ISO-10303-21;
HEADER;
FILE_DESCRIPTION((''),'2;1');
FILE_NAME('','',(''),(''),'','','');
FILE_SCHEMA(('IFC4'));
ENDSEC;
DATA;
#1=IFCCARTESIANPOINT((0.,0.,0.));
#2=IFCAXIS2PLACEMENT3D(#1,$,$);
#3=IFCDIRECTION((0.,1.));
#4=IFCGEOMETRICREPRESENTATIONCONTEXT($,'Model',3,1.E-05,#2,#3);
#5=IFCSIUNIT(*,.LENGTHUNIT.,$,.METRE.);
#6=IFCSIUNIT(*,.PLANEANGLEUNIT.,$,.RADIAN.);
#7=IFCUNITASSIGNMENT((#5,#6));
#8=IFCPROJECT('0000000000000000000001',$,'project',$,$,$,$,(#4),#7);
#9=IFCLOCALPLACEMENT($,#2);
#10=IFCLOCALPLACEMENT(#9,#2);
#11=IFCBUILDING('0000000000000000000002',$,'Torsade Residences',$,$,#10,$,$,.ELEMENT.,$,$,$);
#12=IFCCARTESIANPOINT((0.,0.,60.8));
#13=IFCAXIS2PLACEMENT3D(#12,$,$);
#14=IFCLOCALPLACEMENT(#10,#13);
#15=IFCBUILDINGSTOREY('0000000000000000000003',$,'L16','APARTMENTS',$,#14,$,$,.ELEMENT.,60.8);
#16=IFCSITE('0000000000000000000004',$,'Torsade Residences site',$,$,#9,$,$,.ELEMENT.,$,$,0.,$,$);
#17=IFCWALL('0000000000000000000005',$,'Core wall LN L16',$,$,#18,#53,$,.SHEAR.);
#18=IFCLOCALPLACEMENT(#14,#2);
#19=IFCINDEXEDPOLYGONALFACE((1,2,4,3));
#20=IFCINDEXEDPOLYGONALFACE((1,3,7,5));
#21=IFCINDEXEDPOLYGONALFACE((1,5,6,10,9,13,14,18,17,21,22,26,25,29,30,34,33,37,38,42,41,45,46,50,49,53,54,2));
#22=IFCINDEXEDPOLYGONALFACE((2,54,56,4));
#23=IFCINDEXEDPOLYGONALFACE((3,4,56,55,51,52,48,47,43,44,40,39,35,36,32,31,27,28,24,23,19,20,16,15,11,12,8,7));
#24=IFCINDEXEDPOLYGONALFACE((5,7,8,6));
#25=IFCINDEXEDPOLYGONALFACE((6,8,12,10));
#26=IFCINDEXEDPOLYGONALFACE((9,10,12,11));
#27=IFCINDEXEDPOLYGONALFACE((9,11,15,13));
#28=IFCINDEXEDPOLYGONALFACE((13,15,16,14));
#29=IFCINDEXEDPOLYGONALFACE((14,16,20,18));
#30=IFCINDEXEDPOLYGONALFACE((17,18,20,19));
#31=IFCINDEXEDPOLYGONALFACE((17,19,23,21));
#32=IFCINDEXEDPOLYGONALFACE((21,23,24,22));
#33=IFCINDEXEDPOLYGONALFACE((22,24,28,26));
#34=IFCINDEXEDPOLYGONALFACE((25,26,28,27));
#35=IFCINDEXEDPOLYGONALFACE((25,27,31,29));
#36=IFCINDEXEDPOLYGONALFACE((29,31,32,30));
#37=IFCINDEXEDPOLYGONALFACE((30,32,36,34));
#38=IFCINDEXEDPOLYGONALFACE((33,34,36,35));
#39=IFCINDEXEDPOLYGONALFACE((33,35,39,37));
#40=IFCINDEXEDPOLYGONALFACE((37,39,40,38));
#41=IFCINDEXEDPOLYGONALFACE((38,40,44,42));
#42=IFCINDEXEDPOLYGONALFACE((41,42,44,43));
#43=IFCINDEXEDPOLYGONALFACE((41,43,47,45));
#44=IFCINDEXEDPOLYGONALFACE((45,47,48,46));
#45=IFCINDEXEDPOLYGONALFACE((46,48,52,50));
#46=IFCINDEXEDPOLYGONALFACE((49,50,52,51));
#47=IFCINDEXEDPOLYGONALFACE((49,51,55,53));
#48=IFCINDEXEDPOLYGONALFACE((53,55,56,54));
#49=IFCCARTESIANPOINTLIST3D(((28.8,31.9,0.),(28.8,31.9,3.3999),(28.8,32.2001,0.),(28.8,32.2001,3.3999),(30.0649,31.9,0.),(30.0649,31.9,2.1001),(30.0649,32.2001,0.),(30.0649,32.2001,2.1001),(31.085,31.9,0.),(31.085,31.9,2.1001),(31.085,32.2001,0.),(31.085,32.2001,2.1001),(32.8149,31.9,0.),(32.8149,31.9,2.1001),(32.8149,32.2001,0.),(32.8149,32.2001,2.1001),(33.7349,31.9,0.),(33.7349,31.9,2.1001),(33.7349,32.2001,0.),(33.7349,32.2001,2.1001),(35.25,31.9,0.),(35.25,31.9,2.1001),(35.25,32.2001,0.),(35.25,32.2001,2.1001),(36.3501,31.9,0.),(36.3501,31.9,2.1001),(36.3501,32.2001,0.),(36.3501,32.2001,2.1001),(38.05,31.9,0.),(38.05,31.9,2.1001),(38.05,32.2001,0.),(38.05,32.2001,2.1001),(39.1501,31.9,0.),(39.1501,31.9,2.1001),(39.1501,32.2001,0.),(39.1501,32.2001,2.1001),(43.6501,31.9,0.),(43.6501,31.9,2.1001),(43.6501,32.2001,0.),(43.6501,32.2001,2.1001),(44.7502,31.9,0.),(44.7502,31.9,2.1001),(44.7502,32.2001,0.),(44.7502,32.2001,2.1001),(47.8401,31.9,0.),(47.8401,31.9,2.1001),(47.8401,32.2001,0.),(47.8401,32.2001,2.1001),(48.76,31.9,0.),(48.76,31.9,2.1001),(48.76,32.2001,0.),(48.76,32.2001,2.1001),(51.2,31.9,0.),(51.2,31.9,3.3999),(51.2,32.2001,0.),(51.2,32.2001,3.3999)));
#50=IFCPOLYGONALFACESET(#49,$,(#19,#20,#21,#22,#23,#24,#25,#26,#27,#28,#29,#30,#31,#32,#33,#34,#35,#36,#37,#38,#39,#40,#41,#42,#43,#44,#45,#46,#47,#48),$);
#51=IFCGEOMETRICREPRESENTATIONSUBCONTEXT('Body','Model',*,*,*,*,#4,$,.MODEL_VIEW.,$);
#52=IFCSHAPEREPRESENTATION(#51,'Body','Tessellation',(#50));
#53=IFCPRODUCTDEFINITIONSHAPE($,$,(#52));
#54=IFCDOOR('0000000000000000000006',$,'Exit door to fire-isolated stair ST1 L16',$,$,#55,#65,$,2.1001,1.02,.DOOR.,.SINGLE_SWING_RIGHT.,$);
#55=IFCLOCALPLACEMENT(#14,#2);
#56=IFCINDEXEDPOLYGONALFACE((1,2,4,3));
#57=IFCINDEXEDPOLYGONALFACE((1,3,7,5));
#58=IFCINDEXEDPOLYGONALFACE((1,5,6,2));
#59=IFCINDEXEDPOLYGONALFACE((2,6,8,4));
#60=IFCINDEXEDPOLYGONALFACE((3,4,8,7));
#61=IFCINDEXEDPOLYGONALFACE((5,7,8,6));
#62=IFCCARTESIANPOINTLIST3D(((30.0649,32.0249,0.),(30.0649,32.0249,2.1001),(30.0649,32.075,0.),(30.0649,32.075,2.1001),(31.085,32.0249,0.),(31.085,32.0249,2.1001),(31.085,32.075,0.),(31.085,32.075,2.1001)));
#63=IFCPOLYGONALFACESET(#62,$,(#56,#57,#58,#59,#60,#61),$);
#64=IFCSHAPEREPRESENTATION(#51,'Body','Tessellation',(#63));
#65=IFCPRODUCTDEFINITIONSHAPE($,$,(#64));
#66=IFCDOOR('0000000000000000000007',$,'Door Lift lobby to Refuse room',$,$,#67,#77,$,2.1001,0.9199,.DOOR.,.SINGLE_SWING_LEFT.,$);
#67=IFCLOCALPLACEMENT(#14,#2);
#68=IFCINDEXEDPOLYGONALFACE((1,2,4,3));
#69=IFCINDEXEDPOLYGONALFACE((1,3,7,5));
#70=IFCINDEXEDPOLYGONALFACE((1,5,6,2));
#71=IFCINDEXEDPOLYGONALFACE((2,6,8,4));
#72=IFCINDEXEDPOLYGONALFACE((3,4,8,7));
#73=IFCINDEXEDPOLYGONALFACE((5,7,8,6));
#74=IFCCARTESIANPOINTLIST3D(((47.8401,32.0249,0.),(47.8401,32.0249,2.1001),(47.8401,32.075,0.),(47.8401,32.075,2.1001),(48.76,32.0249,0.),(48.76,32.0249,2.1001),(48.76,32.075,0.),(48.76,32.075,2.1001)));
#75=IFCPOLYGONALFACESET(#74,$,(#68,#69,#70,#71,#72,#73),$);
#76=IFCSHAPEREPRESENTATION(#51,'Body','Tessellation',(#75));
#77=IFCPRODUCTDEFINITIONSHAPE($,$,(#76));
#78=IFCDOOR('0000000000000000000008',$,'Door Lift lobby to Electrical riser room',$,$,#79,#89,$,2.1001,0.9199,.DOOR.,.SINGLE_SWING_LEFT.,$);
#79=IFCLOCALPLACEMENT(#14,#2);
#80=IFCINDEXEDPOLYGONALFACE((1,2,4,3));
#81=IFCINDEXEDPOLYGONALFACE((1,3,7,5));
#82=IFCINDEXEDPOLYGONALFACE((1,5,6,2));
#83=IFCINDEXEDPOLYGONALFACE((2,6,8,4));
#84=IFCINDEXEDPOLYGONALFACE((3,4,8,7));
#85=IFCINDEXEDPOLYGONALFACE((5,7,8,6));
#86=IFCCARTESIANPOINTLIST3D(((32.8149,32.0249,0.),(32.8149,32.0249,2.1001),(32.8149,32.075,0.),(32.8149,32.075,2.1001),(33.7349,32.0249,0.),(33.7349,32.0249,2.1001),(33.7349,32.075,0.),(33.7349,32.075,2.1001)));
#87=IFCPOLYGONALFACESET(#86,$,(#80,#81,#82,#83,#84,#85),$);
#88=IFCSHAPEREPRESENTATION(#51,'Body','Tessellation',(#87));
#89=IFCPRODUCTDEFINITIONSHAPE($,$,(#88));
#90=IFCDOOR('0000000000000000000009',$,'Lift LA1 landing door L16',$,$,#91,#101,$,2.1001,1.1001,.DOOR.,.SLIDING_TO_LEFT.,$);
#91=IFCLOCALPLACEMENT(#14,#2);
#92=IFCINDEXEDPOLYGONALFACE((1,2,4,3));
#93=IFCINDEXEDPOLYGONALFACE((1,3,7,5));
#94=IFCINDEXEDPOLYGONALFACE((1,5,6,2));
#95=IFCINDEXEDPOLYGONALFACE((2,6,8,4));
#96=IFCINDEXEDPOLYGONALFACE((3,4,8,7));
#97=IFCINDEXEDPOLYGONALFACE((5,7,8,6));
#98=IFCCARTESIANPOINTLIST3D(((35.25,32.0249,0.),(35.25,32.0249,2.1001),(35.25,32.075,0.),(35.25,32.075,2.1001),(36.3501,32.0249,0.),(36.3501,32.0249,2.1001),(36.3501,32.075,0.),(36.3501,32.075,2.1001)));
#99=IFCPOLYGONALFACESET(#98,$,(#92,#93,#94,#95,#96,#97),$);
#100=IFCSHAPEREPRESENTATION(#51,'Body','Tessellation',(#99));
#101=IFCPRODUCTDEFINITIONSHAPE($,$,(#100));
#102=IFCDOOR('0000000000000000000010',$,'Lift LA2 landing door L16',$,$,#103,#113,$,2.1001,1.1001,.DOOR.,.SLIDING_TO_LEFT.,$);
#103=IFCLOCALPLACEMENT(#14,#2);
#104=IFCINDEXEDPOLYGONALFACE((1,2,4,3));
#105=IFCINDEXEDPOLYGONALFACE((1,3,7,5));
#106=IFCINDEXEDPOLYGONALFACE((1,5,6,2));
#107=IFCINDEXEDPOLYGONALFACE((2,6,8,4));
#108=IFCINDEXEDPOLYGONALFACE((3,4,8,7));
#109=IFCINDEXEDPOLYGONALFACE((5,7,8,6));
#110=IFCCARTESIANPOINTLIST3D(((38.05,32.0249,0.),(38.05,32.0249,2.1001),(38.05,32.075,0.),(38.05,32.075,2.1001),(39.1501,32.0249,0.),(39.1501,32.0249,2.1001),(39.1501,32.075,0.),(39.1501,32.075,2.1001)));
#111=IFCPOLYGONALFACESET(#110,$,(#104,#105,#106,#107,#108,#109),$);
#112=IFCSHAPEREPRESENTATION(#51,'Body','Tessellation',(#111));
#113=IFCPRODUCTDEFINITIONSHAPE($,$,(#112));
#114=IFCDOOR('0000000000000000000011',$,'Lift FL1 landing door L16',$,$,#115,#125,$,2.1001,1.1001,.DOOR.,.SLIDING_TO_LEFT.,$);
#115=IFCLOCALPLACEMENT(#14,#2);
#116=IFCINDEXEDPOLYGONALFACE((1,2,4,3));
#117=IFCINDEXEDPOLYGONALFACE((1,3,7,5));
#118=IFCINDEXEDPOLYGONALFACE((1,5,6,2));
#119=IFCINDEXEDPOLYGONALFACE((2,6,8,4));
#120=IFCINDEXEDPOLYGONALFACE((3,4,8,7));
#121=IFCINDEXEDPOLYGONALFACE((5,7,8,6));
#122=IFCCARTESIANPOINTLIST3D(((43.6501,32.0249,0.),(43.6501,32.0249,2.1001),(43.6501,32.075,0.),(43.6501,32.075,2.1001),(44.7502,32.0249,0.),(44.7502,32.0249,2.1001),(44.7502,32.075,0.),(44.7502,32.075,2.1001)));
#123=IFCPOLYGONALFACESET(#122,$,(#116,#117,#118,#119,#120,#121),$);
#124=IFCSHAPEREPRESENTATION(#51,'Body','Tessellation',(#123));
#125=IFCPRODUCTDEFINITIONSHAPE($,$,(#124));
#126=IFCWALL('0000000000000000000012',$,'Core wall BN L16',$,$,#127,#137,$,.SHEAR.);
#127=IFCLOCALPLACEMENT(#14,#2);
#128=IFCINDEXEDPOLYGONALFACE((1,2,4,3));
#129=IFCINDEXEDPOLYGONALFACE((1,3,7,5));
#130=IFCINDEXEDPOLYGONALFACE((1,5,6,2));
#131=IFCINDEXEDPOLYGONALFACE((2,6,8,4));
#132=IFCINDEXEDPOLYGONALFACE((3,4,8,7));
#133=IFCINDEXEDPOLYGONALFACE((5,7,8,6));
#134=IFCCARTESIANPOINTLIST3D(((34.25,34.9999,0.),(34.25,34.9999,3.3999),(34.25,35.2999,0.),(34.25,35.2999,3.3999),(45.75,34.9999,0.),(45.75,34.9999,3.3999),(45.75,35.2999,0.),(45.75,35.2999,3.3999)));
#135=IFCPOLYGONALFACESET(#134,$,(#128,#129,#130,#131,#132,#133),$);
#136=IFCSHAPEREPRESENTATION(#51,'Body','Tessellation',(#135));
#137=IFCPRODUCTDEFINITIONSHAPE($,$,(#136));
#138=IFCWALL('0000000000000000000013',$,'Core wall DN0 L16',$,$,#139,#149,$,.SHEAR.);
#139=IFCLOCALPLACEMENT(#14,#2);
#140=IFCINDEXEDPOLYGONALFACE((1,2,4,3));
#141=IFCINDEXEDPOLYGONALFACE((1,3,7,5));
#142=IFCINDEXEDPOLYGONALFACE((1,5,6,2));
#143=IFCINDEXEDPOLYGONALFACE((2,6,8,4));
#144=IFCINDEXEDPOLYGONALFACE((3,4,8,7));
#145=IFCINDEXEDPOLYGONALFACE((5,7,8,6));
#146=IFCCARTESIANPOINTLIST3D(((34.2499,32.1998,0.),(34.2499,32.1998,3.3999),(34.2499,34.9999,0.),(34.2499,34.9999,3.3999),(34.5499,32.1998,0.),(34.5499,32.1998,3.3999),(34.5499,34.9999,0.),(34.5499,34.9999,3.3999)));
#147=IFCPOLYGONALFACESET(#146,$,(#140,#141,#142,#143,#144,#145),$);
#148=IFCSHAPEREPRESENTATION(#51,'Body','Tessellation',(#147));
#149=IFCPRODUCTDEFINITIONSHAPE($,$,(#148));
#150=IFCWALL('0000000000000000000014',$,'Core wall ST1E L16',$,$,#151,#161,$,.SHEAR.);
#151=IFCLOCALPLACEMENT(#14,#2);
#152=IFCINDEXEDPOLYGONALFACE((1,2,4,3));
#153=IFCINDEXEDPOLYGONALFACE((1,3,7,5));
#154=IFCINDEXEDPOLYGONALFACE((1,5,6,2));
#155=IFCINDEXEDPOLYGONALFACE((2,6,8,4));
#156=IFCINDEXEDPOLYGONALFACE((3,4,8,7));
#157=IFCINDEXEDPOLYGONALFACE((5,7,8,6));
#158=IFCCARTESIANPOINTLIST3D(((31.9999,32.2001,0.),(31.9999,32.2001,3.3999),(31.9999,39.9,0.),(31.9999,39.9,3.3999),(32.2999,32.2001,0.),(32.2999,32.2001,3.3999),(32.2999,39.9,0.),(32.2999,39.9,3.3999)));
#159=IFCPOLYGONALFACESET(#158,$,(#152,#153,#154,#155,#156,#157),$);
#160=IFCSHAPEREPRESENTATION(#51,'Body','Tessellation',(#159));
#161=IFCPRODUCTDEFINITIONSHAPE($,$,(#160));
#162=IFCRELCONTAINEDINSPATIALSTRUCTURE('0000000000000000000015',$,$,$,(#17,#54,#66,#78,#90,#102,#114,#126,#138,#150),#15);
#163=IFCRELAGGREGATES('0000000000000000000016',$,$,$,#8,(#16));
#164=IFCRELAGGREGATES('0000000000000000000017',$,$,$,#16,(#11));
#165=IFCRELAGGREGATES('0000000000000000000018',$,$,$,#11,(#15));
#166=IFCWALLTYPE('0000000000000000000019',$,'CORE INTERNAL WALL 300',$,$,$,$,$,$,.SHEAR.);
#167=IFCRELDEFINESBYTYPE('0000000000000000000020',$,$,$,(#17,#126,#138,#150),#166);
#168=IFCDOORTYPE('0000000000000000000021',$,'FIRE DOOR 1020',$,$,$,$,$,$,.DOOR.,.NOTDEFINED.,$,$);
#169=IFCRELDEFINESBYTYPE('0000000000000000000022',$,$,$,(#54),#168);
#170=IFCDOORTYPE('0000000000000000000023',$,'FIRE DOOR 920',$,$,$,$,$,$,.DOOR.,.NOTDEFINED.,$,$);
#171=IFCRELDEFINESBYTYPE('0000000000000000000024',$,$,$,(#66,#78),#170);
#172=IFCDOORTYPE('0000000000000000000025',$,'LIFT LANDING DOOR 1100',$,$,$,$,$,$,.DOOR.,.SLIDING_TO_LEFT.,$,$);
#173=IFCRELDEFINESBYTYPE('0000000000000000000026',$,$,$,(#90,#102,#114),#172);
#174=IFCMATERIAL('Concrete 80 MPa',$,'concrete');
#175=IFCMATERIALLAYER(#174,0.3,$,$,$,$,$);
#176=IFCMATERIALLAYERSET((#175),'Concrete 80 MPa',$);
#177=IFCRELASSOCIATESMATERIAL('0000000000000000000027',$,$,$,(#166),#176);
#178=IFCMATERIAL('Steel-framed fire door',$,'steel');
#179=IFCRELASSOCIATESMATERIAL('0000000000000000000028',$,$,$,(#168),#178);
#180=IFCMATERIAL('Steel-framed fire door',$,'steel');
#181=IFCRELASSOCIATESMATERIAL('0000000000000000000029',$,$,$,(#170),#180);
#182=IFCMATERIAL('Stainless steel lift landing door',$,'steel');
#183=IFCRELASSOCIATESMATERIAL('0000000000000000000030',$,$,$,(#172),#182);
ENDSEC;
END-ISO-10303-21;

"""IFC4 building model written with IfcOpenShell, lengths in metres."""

from ifc_helpers import new_model, si_unit, direction, frame, frame_2d, origin, place, context, subcontext, project, spatial, rectangle, extrude, material, layer, layer_set, type_object, element, fill, save


model = new_model("IFC4")

# Units and contexts
model_context = context("Model", 3, precision=1e-05, world=origin(), true_north=direction((0.0, 1.0)))
body_context = subcontext(model_context, "Body", "Model", "MODEL_VIEW")
ifc_project = project(units=[si_unit("LENGTHUNIT", "METRE"), si_unit("PLANEANGLEUNIT", "RADIAN")], contexts=[model_context])

# Site, building, storey
site_placement = place(None, origin())
site = spatial("IfcSite", under=ifc_project, at=site_placement, Name="Torsade Residences site", CompositionType="ELEMENT", RefElevation=0.0)
building_placement = place(site_placement, origin())
building = spatial("IfcBuilding", under=site, at=building_placement, Name="Torsade Residences", CompositionType="ELEMENT")
storey_placement = place(building_placement, frame((0.0, 0.0, 60.8)))
storey = spatial("IfcBuildingStorey", under=building, at=storey_placement, Name="L16", Description="APARTMENTS", CompositionType="ELEMENT", Elevation=60.8)

# Wall, openings, doors
ifc_material_1 = material(Name="Concrete 80 MPa", Category="concrete")
ifc_layer_1 = layer(ifc_material_1, 0.3)
ifc_layer_set_1 = layer_set([ifc_layer_1], Name="Concrete 80 MPa")
wall_type_1 = type_object("IfcWallType", Name="CORE INTERNAL WALL 300", PredefinedType="SHEAR", material=ifc_layer_set_1)
wall_1_placement = place(storey_placement, frame((28.8, 32.05, 0.0), z_axis=(0.0, 0.0, 1.0), x_axis=(1.0, 0.0, 0.0)))
wall_1 = element("IfcWall", 1, at=wall_1_placement, inside=storey, type_object=wall_type_1, Name="Core wall LN L16", PredefinedType="SHEAR", context=body_context, shape_type="SweptSolid", body=[
    extrude(rectangle(XDim=22.3999, YDim=0.3, at=frame_2d((11.2, 0.0))), origin(), (0.0, 0.0, 1.0), 3.3999),
])
opening_1_placement = place(wall_1_placement, frame((19.04, 0.0, 0.0)))
opening_1 = element("IfcOpeningElement", 2, at=opening_1_placement, cuts=wall_1, PredefinedType="OPENING", context=body_context, shape_type="SweptSolid", body=[
    extrude(rectangle(XDim=0.9199, YDim=2.1001, at=frame_2d((0.46, 1.05))), frame((0.0, 0.1599, 0.0), z_axis=(0.0, -1.0, 0.0), x_axis=(1.0, 0.0, 0.0)), (0.0, 0.0, 1.0), 0.3201),
])
opening_2_placement = place(wall_1_placement, frame((1.2649, 0.0, 0.0)))
opening_2 = element("IfcOpeningElement", 3, at=opening_2_placement, cuts=wall_1, PredefinedType="OPENING", context=body_context, shape_type="SweptSolid", body=[
    extrude(rectangle(XDim=1.02, YDim=2.1001, at=frame_2d((0.51, 1.05))), frame((0.0, 0.1599, 0.0), z_axis=(0.0, -1.0, 0.0), x_axis=(1.0, 0.0, 0.0)), (0.0, 0.0, 1.0), 0.3201),
])
opening_3_placement = place(wall_1_placement, frame((4.0149, 0.0, 0.0)))
opening_3 = element("IfcOpeningElement", 4, at=opening_3_placement, cuts=wall_1, PredefinedType="OPENING", context=body_context, shape_type="SweptSolid", body=[
    extrude(rectangle(XDim=0.9199, YDim=2.1001, at=frame_2d((0.46, 1.05))), frame((0.0, 0.1599, 0.0), z_axis=(0.0, -1.0, 0.0), x_axis=(1.0, 0.0, 0.0)), (0.0, 0.0, 1.0), 0.3201),
])
opening_4_placement = place(wall_1_placement, frame((6.45, 0.0, 0.0)))
opening_4 = element("IfcOpeningElement", 5, at=opening_4_placement, cuts=wall_1, PredefinedType="OPENING", context=body_context, shape_type="SweptSolid", body=[
    extrude(rectangle(XDim=1.1001, YDim=2.1001, at=frame_2d((0.55, 1.05))), frame((0.0, 0.1599, 0.0), z_axis=(0.0, -1.0, 0.0), x_axis=(1.0, 0.0, 0.0)), (0.0, 0.0, 1.0), 0.3201),
])
opening_5_placement = place(wall_1_placement, frame((9.25, 0.0, 0.0)))
opening_5 = element("IfcOpeningElement", 6, at=opening_5_placement, cuts=wall_1, PredefinedType="OPENING", context=body_context, shape_type="SweptSolid", body=[
    extrude(rectangle(XDim=1.1001, YDim=2.1001, at=frame_2d((0.55, 1.05))), frame((0.0, 0.1599, 0.0), z_axis=(0.0, -1.0, 0.0), x_axis=(1.0, 0.0, 0.0)), (0.0, 0.0, 1.0), 0.3201),
])
opening_6_placement = place(wall_1_placement, frame((14.8501, 0.0, 0.0)))
opening_6 = element("IfcOpeningElement", 7, at=opening_6_placement, cuts=wall_1, PredefinedType="OPENING", context=body_context, shape_type="SweptSolid", body=[
    extrude(rectangle(XDim=1.1001, YDim=2.1001, at=frame_2d((0.55, 1.05))), frame((0.0, 0.1599, 0.0), z_axis=(0.0, -1.0, 0.0), x_axis=(1.0, 0.0, 0.0)), (0.0, 0.0, 1.0), 0.3201),
])
ifc_material_2 = material(Name="Steel-framed fire door", Category="steel")
door_type_1 = type_object("IfcDoorType", Name="FIRE DOOR 1020", OperationType="NOTDEFINED", PredefinedType="DOOR", material=ifc_material_2)
door_1_placement = place(opening_2_placement, origin())
door_1 = element("IfcDoor", 8, at=door_1_placement, inside=storey, type_object=door_type_1, Name="Exit door to fire-isolated stair ST1 L16", OperationType="SINGLE_SWING_RIGHT", OverallHeight=2.1001, OverallWidth=1.02, PredefinedType="DOOR", context=body_context, shape_type="SweptSolid", body=[
    extrude(rectangle(XDim=1.02, YDim=2.1001, at=frame_2d((0.51, 1.05))), frame((0.0, 0.0249, 0.0), z_axis=(0.0, -1.0, 0.0), x_axis=(1.0, 0.0, 0.0)), (0.0, 0.0, 1.0), 0.05),
])
fill(opening_2, door_1)
ifc_material_3 = material(Name="Steel-framed fire door", Category="steel")
door_type_2 = type_object("IfcDoorType", Name="FIRE DOOR 920", OperationType="NOTDEFINED", PredefinedType="DOOR", material=ifc_material_3)
door_2_placement = place(opening_1_placement, origin())
door_2 = element("IfcDoor", 9, at=door_2_placement, inside=storey, type_object=door_type_2, Name="Door Lift lobby to Refuse room", OperationType="SINGLE_SWING_LEFT", OverallHeight=2.1001, OverallWidth=0.9199, PredefinedType="DOOR", context=body_context, shape_type="SweptSolid", body=[
    extrude(rectangle(XDim=0.9199, YDim=2.1001, at=frame_2d((0.46, 1.05))), frame((0.0, 0.0249, 0.0), z_axis=(0.0, -1.0, 0.0), x_axis=(1.0, 0.0, 0.0)), (0.0, 0.0, 1.0), 0.05),
])
fill(opening_1, door_2)
door_3_placement = place(opening_3_placement, origin())
door_3 = element("IfcDoor", 10, at=door_3_placement, inside=storey, type_object=door_type_2, Name="Door Lift lobby to Electrical riser room", OperationType="SINGLE_SWING_LEFT", OverallHeight=2.1001, OverallWidth=0.9199, PredefinedType="DOOR", context=body_context, shape_type="SweptSolid", body=[
    extrude(rectangle(XDim=0.9199, YDim=2.1001, at=frame_2d((0.46, 1.05))), frame((0.0, 0.0249, 0.0), z_axis=(0.0, -1.0, 0.0), x_axis=(1.0, 0.0, 0.0)), (0.0, 0.0, 1.0), 0.05),
])
fill(opening_3, door_3)
ifc_material_4 = material(Name="Stainless steel lift landing door", Category="steel")
door_type_3 = type_object("IfcDoorType", Name="LIFT LANDING DOOR 1100", OperationType="SLIDING_TO_LEFT", PredefinedType="DOOR", material=ifc_material_4)
door_4_placement = place(opening_4_placement, origin())
door_4 = element("IfcDoor", 11, at=door_4_placement, inside=storey, type_object=door_type_3, Name="Lift LA1 landing door L16", OperationType="SLIDING_TO_LEFT", OverallHeight=2.1001, OverallWidth=1.1001, PredefinedType="DOOR", context=body_context, shape_type="SweptSolid", body=[
    extrude(rectangle(XDim=1.1001, YDim=2.1001, at=frame_2d((0.55, 1.05))), frame((0.0, 0.0249, 0.0), z_axis=(0.0, -1.0, 0.0), x_axis=(1.0, 0.0, 0.0)), (0.0, 0.0, 1.0), 0.05),
])
fill(opening_4, door_4)
door_5_placement = place(opening_5_placement, origin())
door_5 = element("IfcDoor", 12, at=door_5_placement, inside=storey, type_object=door_type_3, Name="Lift LA2 landing door L16", OperationType="SLIDING_TO_LEFT", OverallHeight=2.1001, OverallWidth=1.1001, PredefinedType="DOOR", context=body_context, shape_type="SweptSolid", body=[
    extrude(rectangle(XDim=1.1001, YDim=2.1001, at=frame_2d((0.55, 1.05))), frame((0.0, 0.0249, 0.0), z_axis=(0.0, -1.0, 0.0), x_axis=(1.0, 0.0, 0.0)), (0.0, 0.0, 1.0), 0.05),
])
fill(opening_5, door_5)
door_6_placement = place(opening_6_placement, origin())
door_6 = element("IfcDoor", 13, at=door_6_placement, inside=storey, type_object=door_type_3, Name="Lift FL1 landing door L16", OperationType="SLIDING_TO_LEFT", OverallHeight=2.1001, OverallWidth=1.1001, PredefinedType="DOOR", context=body_context, shape_type="SweptSolid", body=[
    extrude(rectangle(XDim=1.1001, YDim=2.1001, at=frame_2d((0.55, 1.05))), frame((0.0, 0.0249, 0.0), z_axis=(0.0, -1.0, 0.0), x_axis=(1.0, 0.0, 0.0)), (0.0, 0.0, 1.0), 0.05),
])
fill(opening_6, door_6)

# Walls
wall_2_placement = place(storey_placement, frame((34.25, 35.1499, 0.0), z_axis=(0.0, 0.0, 1.0), x_axis=(1.0, 0.0, 0.0)))
element("IfcWall", 14, at=wall_2_placement, inside=storey, type_object=wall_type_1, Name="Core wall BN L16", PredefinedType="SHEAR", context=body_context, shape_type="SweptSolid", body=[
    extrude(rectangle(XDim=11.5, YDim=0.3, at=frame_2d((5.75, 0.0))), origin(), (0.0, 0.0, 1.0), 3.3999),
])
wall_3_placement = place(storey_placement, frame((34.3999, 32.2, 0.0), z_axis=(0.0, 0.0, 1.0), x_axis=(0.0, 1.0, 0.0)))
element("IfcWall", 15, at=wall_3_placement, inside=storey, type_object=wall_type_1, Name="Core wall DN0 L16", PredefinedType="SHEAR", context=body_context, shape_type="SweptSolid", body=[
    extrude(rectangle(XDim=2.8, YDim=0.3, at=frame_2d((1.3999, 0.0))), origin(), (0.0, 0.0, 1.0), 3.3999),
])
wall_4_placement = place(storey_placement, frame((32.1499, 32.2, 0.0), z_axis=(0.0, 0.0, 1.0), x_axis=(0.0, 1.0, 0.0)))
element("IfcWall", 16, at=wall_4_placement, inside=storey, type_object=wall_type_1, Name="Core wall ST1E L16", PredefinedType="SHEAR", context=body_context, shape_type="SweptSolid", body=[
    extrude(rectangle(XDim=7.7, YDim=0.3, at=frame_2d((3.8501, 0.0))), origin(), (0.0, 0.0, 1.0), 3.3999),
])

save(model, "model.ifc")
